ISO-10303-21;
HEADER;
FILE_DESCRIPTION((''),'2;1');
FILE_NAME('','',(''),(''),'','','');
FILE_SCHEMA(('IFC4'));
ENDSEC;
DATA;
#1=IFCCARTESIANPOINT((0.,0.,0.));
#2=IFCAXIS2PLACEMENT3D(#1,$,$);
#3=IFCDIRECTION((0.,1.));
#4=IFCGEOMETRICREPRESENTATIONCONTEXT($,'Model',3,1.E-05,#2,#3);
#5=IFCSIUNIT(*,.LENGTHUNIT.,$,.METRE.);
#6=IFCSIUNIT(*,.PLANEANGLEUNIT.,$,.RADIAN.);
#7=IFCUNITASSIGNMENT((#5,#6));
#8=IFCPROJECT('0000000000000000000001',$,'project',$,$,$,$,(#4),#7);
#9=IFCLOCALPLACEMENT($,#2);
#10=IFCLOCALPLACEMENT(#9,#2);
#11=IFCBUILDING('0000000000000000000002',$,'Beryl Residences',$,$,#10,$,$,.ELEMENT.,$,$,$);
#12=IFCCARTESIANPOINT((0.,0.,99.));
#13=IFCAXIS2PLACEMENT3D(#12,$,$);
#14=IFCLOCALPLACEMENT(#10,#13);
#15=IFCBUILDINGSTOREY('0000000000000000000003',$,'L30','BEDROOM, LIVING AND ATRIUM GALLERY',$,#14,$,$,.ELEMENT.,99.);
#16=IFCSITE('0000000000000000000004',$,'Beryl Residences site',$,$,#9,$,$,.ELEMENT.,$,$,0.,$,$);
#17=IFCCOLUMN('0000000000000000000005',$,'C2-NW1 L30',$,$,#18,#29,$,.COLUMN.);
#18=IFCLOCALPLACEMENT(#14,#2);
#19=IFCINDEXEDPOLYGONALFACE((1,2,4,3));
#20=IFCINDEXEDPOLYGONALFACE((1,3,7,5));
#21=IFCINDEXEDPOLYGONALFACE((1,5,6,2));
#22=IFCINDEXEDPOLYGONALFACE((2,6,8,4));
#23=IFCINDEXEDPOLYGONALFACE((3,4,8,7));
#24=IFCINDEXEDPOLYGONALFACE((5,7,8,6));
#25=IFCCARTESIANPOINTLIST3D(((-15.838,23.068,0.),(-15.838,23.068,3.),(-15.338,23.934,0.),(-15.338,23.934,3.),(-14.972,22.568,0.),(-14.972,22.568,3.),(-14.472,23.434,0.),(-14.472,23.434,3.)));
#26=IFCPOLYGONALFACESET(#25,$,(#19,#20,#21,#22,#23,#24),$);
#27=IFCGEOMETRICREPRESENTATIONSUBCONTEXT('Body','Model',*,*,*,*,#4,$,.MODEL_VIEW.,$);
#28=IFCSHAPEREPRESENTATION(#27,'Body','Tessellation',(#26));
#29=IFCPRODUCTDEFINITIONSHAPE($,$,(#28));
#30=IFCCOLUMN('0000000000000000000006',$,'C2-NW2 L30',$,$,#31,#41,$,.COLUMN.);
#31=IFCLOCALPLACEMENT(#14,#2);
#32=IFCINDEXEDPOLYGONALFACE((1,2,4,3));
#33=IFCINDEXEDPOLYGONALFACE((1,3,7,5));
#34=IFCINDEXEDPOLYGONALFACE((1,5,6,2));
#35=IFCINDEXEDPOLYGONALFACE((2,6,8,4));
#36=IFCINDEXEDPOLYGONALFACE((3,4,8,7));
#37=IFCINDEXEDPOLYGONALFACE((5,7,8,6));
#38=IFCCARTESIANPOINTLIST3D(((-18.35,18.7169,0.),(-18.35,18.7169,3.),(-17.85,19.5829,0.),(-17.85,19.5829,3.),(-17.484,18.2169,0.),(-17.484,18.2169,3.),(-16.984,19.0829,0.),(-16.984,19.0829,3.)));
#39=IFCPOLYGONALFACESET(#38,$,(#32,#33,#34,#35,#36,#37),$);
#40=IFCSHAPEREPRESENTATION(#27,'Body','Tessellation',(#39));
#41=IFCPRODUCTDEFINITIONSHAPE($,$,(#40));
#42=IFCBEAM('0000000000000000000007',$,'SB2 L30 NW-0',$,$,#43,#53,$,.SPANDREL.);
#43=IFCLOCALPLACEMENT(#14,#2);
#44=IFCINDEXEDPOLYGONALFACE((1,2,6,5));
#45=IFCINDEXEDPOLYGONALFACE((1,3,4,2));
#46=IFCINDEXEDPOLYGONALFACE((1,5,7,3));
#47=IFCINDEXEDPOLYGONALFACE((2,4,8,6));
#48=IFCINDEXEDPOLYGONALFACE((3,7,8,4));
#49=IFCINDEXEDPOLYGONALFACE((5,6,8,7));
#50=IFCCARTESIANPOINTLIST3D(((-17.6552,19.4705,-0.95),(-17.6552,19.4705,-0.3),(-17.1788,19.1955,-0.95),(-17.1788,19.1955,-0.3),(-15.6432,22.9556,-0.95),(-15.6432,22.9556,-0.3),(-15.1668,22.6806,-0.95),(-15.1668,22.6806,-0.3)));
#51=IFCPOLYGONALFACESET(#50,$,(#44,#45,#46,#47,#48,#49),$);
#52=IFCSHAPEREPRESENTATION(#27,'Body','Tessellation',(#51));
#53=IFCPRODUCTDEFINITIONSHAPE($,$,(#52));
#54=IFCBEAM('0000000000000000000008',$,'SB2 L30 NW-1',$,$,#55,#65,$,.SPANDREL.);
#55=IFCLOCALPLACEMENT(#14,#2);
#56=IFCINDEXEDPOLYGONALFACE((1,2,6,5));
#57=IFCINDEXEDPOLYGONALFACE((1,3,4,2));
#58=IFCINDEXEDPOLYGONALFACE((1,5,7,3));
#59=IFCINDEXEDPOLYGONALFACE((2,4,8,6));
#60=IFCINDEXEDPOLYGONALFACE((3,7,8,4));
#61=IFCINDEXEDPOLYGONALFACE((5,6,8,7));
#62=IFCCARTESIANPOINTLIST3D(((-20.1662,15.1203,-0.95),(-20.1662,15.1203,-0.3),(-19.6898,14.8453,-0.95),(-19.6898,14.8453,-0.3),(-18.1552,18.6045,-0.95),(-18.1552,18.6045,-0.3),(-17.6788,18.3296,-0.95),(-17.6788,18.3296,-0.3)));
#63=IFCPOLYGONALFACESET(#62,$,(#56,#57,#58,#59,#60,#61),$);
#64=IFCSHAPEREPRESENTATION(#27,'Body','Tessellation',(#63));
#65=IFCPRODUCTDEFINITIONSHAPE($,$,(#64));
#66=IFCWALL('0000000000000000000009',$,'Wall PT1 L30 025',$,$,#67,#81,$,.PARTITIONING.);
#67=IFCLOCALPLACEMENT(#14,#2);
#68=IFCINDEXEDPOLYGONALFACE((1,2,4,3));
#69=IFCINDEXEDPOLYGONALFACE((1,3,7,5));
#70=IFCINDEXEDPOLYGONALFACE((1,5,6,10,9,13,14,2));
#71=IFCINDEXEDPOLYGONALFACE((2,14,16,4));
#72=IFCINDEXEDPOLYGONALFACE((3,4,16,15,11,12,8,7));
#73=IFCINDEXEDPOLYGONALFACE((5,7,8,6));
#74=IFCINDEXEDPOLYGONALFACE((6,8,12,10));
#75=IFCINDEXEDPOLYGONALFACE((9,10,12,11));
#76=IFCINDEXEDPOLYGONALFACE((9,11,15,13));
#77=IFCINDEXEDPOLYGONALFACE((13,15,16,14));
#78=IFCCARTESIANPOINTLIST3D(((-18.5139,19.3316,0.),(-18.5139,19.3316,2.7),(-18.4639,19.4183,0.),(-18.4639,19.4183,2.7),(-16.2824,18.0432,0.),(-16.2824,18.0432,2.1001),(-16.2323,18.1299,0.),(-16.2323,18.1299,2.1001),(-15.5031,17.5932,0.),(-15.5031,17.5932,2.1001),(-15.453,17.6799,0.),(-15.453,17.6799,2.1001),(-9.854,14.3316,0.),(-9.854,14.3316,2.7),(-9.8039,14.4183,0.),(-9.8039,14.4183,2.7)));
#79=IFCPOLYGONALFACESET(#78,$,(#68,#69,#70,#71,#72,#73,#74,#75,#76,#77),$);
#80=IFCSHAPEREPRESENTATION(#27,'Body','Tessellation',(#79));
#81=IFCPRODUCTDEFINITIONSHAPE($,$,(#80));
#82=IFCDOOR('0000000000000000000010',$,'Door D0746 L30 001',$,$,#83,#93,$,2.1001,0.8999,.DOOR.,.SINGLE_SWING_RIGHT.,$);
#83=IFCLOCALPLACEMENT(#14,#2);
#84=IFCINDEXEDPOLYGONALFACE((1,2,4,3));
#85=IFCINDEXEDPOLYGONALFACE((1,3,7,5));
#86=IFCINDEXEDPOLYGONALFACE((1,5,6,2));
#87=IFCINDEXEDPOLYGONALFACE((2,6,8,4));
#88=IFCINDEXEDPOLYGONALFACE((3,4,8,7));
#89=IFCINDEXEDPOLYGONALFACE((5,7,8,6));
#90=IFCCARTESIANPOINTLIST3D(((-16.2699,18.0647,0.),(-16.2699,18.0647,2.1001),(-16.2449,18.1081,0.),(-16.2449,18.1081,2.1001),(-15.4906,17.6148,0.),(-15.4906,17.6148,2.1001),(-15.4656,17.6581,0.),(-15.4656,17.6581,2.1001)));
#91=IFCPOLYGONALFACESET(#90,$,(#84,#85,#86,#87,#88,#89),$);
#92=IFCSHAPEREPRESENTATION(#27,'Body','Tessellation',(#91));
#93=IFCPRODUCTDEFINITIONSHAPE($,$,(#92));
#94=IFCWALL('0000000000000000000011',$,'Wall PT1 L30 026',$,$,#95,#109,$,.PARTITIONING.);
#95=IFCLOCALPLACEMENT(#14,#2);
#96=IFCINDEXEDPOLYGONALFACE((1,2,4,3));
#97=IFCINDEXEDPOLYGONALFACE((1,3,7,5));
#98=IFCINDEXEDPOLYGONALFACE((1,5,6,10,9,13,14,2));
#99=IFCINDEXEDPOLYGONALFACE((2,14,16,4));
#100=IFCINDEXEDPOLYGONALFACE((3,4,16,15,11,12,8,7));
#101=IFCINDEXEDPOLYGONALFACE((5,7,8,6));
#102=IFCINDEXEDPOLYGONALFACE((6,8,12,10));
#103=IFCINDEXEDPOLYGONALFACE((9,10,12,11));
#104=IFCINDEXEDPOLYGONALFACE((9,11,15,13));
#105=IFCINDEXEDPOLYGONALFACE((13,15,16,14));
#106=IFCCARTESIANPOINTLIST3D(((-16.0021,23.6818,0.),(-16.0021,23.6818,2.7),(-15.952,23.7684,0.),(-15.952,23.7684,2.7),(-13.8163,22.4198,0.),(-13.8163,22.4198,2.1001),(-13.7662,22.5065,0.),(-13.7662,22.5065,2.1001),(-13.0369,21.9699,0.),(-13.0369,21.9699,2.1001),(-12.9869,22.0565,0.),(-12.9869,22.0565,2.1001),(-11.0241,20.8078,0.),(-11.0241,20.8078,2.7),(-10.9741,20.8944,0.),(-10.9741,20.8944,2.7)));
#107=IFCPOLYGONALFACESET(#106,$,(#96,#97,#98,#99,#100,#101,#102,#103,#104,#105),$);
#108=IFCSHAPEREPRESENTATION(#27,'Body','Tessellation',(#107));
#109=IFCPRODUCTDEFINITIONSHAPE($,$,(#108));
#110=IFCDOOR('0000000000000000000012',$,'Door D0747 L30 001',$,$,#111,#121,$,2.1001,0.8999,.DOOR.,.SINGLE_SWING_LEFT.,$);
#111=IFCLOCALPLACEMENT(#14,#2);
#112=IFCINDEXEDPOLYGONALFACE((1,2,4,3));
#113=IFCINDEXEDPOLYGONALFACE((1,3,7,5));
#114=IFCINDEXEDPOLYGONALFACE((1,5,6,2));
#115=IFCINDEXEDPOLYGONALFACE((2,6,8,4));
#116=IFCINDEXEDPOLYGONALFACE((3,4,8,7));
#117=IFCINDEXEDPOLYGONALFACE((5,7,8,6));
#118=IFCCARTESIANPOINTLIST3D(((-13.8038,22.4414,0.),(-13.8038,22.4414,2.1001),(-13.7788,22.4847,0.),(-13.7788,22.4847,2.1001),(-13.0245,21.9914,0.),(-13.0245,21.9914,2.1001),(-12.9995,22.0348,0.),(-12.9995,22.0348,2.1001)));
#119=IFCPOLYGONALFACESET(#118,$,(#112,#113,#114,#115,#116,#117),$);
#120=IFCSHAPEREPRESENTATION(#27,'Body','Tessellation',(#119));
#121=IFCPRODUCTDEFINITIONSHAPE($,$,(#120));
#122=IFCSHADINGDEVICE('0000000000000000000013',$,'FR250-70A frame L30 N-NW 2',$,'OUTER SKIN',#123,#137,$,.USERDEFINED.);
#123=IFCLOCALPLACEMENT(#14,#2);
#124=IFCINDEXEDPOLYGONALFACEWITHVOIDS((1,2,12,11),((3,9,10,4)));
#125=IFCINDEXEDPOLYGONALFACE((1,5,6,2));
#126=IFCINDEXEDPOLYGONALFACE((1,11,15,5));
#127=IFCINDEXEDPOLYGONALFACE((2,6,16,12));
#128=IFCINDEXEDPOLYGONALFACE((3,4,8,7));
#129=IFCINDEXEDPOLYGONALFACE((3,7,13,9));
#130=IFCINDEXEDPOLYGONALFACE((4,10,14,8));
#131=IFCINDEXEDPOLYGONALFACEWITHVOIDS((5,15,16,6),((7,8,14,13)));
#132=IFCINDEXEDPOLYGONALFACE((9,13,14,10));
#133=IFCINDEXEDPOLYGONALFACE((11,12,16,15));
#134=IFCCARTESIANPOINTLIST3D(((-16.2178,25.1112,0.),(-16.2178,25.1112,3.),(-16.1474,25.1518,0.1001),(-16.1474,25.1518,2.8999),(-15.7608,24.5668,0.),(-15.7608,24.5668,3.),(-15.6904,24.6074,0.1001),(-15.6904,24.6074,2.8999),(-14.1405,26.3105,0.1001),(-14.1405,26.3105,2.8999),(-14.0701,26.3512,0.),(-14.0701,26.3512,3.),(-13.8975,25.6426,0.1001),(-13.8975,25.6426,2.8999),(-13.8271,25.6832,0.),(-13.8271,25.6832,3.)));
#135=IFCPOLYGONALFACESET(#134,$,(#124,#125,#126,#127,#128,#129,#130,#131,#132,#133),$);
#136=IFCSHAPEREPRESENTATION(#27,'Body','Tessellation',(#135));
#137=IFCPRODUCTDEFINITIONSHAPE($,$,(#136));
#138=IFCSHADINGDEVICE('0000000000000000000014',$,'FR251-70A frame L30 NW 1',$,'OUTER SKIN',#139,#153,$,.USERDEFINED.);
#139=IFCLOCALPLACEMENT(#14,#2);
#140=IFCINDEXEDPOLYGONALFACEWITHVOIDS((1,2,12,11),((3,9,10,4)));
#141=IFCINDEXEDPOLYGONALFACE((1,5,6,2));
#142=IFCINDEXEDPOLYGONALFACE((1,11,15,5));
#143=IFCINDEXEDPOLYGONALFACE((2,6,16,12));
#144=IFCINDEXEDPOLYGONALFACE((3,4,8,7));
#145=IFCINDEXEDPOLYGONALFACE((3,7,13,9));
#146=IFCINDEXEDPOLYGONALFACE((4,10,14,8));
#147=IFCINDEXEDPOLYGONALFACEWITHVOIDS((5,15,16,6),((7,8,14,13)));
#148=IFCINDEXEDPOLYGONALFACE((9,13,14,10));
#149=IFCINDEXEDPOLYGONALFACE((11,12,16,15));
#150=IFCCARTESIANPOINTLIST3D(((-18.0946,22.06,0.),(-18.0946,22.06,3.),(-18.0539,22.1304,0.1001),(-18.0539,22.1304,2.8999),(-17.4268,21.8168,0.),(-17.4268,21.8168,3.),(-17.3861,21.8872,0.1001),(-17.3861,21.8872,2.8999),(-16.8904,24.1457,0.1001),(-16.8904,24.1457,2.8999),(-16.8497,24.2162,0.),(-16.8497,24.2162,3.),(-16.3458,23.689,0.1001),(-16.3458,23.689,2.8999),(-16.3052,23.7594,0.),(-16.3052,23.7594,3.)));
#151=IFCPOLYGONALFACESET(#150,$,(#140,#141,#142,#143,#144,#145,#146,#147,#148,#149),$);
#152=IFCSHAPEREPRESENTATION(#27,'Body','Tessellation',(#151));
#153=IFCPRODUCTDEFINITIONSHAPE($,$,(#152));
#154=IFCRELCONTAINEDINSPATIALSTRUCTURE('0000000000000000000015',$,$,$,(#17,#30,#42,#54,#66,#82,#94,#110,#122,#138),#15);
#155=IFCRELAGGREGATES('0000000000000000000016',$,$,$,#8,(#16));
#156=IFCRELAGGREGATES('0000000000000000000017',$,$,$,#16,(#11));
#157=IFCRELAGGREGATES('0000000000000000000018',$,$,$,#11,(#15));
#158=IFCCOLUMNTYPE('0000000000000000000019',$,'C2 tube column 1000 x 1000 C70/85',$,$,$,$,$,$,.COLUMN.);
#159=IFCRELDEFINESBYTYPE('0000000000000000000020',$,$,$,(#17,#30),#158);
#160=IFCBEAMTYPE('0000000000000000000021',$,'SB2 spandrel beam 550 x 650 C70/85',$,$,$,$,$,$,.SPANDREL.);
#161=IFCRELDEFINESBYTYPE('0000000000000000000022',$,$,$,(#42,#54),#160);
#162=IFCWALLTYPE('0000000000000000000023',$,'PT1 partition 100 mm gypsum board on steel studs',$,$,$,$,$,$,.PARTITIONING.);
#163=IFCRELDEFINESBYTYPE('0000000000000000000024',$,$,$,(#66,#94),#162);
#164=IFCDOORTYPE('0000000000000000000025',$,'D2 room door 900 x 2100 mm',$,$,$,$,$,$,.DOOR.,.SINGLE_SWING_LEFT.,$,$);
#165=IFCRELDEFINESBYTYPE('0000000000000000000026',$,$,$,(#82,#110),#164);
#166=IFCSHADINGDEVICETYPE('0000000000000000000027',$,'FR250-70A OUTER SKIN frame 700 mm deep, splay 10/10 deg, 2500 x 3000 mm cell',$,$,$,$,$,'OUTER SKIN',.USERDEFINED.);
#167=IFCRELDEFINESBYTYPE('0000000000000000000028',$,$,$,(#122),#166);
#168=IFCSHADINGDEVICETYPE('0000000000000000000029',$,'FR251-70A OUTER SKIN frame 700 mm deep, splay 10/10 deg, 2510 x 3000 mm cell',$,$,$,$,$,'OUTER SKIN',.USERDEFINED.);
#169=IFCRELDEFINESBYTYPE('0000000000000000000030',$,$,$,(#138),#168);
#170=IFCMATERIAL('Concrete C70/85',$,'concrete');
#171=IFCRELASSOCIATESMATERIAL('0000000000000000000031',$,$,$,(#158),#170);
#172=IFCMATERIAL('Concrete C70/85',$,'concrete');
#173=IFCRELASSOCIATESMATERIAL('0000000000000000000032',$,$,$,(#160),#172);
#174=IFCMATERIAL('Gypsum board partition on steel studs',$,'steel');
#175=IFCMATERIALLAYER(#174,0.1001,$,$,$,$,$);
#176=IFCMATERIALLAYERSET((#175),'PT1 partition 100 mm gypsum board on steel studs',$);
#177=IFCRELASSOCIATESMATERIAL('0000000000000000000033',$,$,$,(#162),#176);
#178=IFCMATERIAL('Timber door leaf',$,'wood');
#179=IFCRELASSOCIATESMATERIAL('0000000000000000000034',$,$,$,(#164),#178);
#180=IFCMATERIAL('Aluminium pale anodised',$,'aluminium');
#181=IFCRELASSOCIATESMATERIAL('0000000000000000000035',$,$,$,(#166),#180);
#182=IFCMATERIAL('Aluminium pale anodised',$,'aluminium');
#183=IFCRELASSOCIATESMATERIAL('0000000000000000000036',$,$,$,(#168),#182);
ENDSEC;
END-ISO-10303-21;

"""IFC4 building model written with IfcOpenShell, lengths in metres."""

from ifc_helpers import new_model, entity, si_unit, direction, frame, frame_2d, origin, origin_2d, place, context, subcontext, project, spatial, rectangle, extrude, source, transform, mapped, material, layer, layer_set, material_profile, profile_set, type_object, type_shapes, element, fill, save


model = new_model("IFC4")

# Units and contexts
model_context = context("Model", 3, precision=1e-05, world=origin(), true_north=direction((0.0, 1.0)))
body_context = subcontext(model_context, "Body", "Model", "MODEL_VIEW")
ifc_project = project(units=[si_unit("LENGTHUNIT", "METRE"), si_unit("PLANEANGLEUNIT", "RADIAN")], contexts=[model_context])

# Site, building, storey
site_placement = place(None, origin())
site = spatial("IfcSite", under=ifc_project, at=site_placement, Name="Beryl Residences site", CompositionType="ELEMENT", RefElevation=0.0)
building_placement = place(site_placement, origin())
building = spatial("IfcBuilding", under=site, at=building_placement, Name="Beryl Residences", CompositionType="ELEMENT")
storey_placement = place(building_placement, frame((0.0, 0.0, 99.0)))
storey = spatial("IfcBuildingStorey", under=building, at=storey_placement, Name="L30", Description="BEDROOM, LIVING AND ATRIUM GALLERY", CompositionType="ELEMENT", Elevation=99.0)

# Columns
ifc_material_1 = material(Name="Concrete C70/85", Category="concrete")
ifc_material_profile_1 = material_profile(ifc_material_1, rectangle(XDim=1.0, YDim=1.0, at=origin_2d()))
ifc_profile_set_1 = profile_set([ifc_material_profile_1], Name="Concrete C70/85")
column_type = type_object("IfcColumnType", Name="C2 tube column 1000 x 1000 C70/85", PredefinedType="COLUMN", material=ifc_profile_set_1)
for number, where, z_axis, x_axis, name in (
    (1, (-15.155, 23.251, 0.0), (0.0, 0.0, 1.0), (-0.5, -0.866025, 0.0), "C2-NW1 L30"),
    (2, (-17.667, 18.8999, 0.0), (0.0, 0.0, 1.0), (-0.5, -0.866025, 0.0), "C2-NW2 L30"),
):
    element("IfcColumn", number, at=place(storey_placement, frame(where, z_axis=z_axis, x_axis=x_axis)), inside=storey, type_object=column_type, Name=name, PredefinedType="COLUMN", context=body_context, shape_type="SweptSolid", body=[
        extrude(rectangle(XDim=1.0, YDim=1.0, at=origin_2d()), origin(), (0.0, 0.0, 1.0), 3.0),
    ])

# Beams
ifc_material_2 = material(Name="Concrete C70/85", Category="concrete")
ifc_material_profile_2 = material_profile(ifc_material_2, rectangle(XDim=0.55, YDim=0.6499, at=origin_2d()))
ifc_profile_set_2 = profile_set([ifc_material_profile_2], Name="Concrete C70/85")
beam_type = type_object("IfcBeamType", Name="SB2 spandrel beam 550 x 650 C70/85", PredefinedType="SPANDREL", material=ifc_profile_set_2)
beam_1_placement = place(storey_placement, frame((-15.405, 22.8181, -0.625), z_axis=(-0.499969, -0.866043, 0.0), x_axis=(0.866043, -0.499969, 0.0)))
element("IfcBeam", 3, at=beam_1_placement, inside=storey, type_object=beam_type, Name="SB2 L30 NW-0", PredefinedType="SPANDREL", context=body_context, shape_type="SweptSolid", body=[
    extrude(rectangle(XDim=0.55, YDim=0.6499, at=origin_2d()), origin(), (0.0, 0.0, 1.0), 4.0242),
])
beam_2_placement = place(storey_placement, frame((-17.917, 18.467, -0.625), z_axis=(-0.499892, -0.866088, 0.0), x_axis=(0.866088, -0.499892, 0.0)))
element("IfcBeam", 4, at=beam_2_placement, inside=storey, type_object=beam_type, Name="SB2 L30 NW-1", PredefinedType="SPANDREL", context=body_context, shape_type="SweptSolid", body=[
    extrude(rectangle(XDim=0.55, YDim=0.6499, at=origin_2d()), origin(), (0.0, 0.0, 1.0), 4.0229),
])

# Walls, openings, doors
ifc_material_3 = material(Name="Gypsum board partition on steel studs", Category="steel")
ifc_layer_1 = layer(ifc_material_3, 0.1001)
ifc_layer_set_1 = layer_set([ifc_layer_1], Name="PT1 partition 100 mm gypsum board on steel studs")
wall_type_1 = type_object("IfcWallType", Name="PT1 partition 100 mm gypsum board on steel studs", PredefinedType="PARTITIONING", material=ifc_layer_set_1)
wall_1_placement = place(storey_placement, frame((-18.489, 19.375, 0.0), z_axis=(0.0, 0.0, 1.0), x_axis=(0.866017, -0.500015, 0.0)))
wall_1 = element("IfcWall", 5, at=wall_1_placement, inside=storey, type_object=wall_type_1, Name="Wall PT1 L30 025", PredefinedType="PARTITIONING", context=body_context, shape_type="SweptSolid", body=[
    extrude(rectangle(XDim=9.9998, YDim=0.1001, at=frame_2d((5.0, 0.0))), origin(), (0.0, 0.0, 1.0), 2.7),
])
opening_1_placement = place(wall_1_placement, frame((2.5769, 0.0, 0.0)))
opening_1 = element("IfcOpeningElement", 6, at=opening_1_placement, cuts=wall_1, PredefinedType="OPENING", context=body_context, shape_type="SweptSolid", body=[
    extrude(rectangle(XDim=0.8999, YDim=2.1001, at=frame_2d((0.45, 1.05))), frame((0.0, 0.0601, 0.0), z_axis=(0.0, -1.0, 0.0), x_axis=(1.0, 0.0, 0.0)), (0.0, 0.0, 1.0), 0.1201),
])
ifc_material_4 = material(Name="Timber door leaf", Category="wood")
door_type = type_object("IfcDoorType", Name="D2 room door 900 x 2100 mm", OperationType="SINGLE_SWING_LEFT", PredefinedType="DOOR", material=ifc_material_4)
door_1_placement = place(opening_1_placement, origin())
door_1 = element("IfcDoor", 7, at=door_1_placement, inside=storey, type_object=door_type, Name="Door D0746 L30 001", OperationType="SINGLE_SWING_RIGHT", OverallHeight=2.1001, OverallWidth=0.8999, PredefinedType="DOOR", context=body_context, shape_type="SweptSolid", body=[
    extrude(rectangle(XDim=0.8999, YDim=2.1001, at=frame_2d((0.45, 1.05))), frame((0.0, 0.0249, 0.0), z_axis=(0.0, -1.0, 0.0), x_axis=(1.0, 0.0, 0.0)), (0.0, 0.0, 1.0), 0.05),
])
fill(opening_1, door_1)
wall_2_placement = place(storey_placement, frame((-15.9771, 23.7251, 0.0), z_axis=(0.0, 0.0, 1.0), x_axis=(0.866029, -0.499995, 0.0)))
wall_2 = element("IfcWall", 8, at=wall_2_placement, inside=storey, type_object=wall_type_1, Name="Wall PT1 L30 026", PredefinedType="PARTITIONING", context=body_context, shape_type="SweptSolid", body=[
    extrude(rectangle(XDim=5.748, YDim=0.1001, at=frame_2d((2.874, 0.0))), origin(), (0.0, 0.0, 1.0), 2.7),
])
opening_2_placement = place(wall_2_placement, frame((2.5239, 0.0, 0.0)))
opening_2 = element("IfcOpeningElement", 9, at=opening_2_placement, cuts=wall_2, PredefinedType="OPENING", context=body_context, shape_type="SweptSolid", body=[
    extrude(rectangle(XDim=0.8999, YDim=2.1001, at=frame_2d((0.45, 1.05))), frame((0.0, 0.0601, 0.0), z_axis=(0.0, -1.0, 0.0), x_axis=(1.0, 0.0, 0.0)), (0.0, 0.0, 1.0), 0.1201),
])
door_2_placement = place(opening_2_placement, origin())
door_2 = element("IfcDoor", 10, at=door_2_placement, inside=storey, type_object=door_type, Name="Door D0747 L30 001", OperationType="SINGLE_SWING_LEFT", OverallHeight=2.1001, OverallWidth=0.8999, PredefinedType="DOOR", context=body_context, shape_type="SweptSolid", body=[
    extrude(rectangle(XDim=0.8999, YDim=2.1001, at=frame_2d((0.45, 1.05))), frame((0.0, 0.0249, 0.0), z_axis=(0.0, -1.0, 0.0), x_axis=(1.0, 0.0, 0.0)), (0.0, 0.0, 1.0), 0.05),
])
fill(opening_2, door_2)

# Shading devices
ifc_material_5 = material(Name="Aluminium pale anodised", Category="aluminium")
shading_device_type_1 = type_object("IfcShadingDeviceType", Name="FR250-70A OUTER SKIN frame 700 mm deep, splay 10/10 deg, 2500 x 3000 mm cell", ElementType="OUTER SKIN", PredefinedType="USERDEFINED", material=ifc_material_5)
cartesian_point_1 = entity("IfcCartesianPoint", [-1.1165, 0.0])
cartesian_point_2 = entity("IfcCartesianPoint", [-1.0352, 0.1001])
cartesian_point_3 = entity("IfcCartesianPoint", [-1.24, 0.0])
cartesian_point_4 = entity("IfcCartesianPoint", [-1.1587, 0.1001])
shared_shape_1 = source(origin(), body_context, "Body", "SweptSolid", [
    entity("IfcExtrudedAreaSolidTapered", entity("IfcArbitraryProfileDefWithVoids", "AREA", None, entity("IfcPolyline", [cartesian_point_1, entity("IfcCartesianPoint", [1.1165, 0.0]), entity("IfcCartesianPoint", [1.1165, 3.0]), entity("IfcCartesianPoint", [-1.1165, 3.0]), cartesian_point_1]), [entity("IfcPolyline", [cartesian_point_2, entity("IfcCartesianPoint", [1.0352, 0.1001]), entity("IfcCartesianPoint", [1.0352, 2.8999]), entity("IfcCartesianPoint", [-1.0352, 2.8999]), cartesian_point_2])]), entity("IfcAxis2Placement3D", entity("IfcCartesianPoint", [0.0, 0.0, 0.0]), entity("IfcDirection", [0.0, 1.0, 0.0]), entity("IfcDirection", [-1.0, 0.0, 0.0])), entity("IfcDirection", [0.0, 0.0, 1.0]), 0.7, entity("IfcArbitraryProfileDefWithVoids", "AREA", None, entity("IfcPolyline", [cartesian_point_3, entity("IfcCartesianPoint", [1.24, 0.0]), entity("IfcCartesianPoint", [1.24, 3.0]), entity("IfcCartesianPoint", [-1.24, 3.0]), cartesian_point_3]), [entity("IfcPolyline", [cartesian_point_4, entity("IfcCartesianPoint", [1.1587, 0.1001]), entity("IfcCartesianPoint", [1.1587, 2.8999]), entity("IfcCartesianPoint", [-1.1587, 2.8999]), cartesian_point_4])])),
])
type_shapes(shading_device_type_1, [shared_shape_1])
shading_device_placement = place(storey_placement, frame((-14.7939, 25.125, 0.0), z_axis=(0.0, 0.0, 1.0), x_axis=(0.866025, 0.5, 0.0)))
element("IfcShadingDevice", 11, at=shading_device_placement, inside=storey, type_object=shading_device_type_1, Name="FR250-70A frame L30 N-NW 2", ObjectType="OUTER SKIN", PredefinedType="USERDEFINED", context=body_context, shape_type="MappedRepresentation", body=[
    mapped(shared_shape_1, transform((0.0, 0.0, 0.0))),
])
ifc_material_6 = material(Name="Aluminium pale anodised", Category="aluminium")
shading_device_type_2 = type_object("IfcShadingDeviceType", Name="FR251-70A OUTER SKIN frame 700 mm deep, splay 10/10 deg, 2510 x 3000 mm cell", ElementType="OUTER SKIN", PredefinedType="USERDEFINED", material=ifc_material_6)
cartesian_point_5 = entity("IfcCartesianPoint", [-1.1216, 0.0])
cartesian_point_6 = entity("IfcCartesianPoint", [-1.0403, 0.1001])
cartesian_point_7 = entity("IfcCartesianPoint", [-1.2449, 0.0])
cartesian_point_8 = entity("IfcCartesianPoint", [-1.1636, 0.1001])
shared_shape_2 = source(origin(), body_context, "Body", "SweptSolid", [
    entity("IfcExtrudedAreaSolidTapered", entity("IfcArbitraryProfileDefWithVoids", "AREA", None, entity("IfcPolyline", [cartesian_point_5, entity("IfcCartesianPoint", [1.1216, 0.0]), entity("IfcCartesianPoint", [1.1216, 3.0]), entity("IfcCartesianPoint", [-1.1216, 3.0]), cartesian_point_5]), [entity("IfcPolyline", [cartesian_point_6, entity("IfcCartesianPoint", [1.0403, 0.1001]), entity("IfcCartesianPoint", [1.0403, 2.8999]), entity("IfcCartesianPoint", [-1.0403, 2.8999]), cartesian_point_6])]), entity("IfcAxis2Placement3D", entity("IfcCartesianPoint", [0.0, 0.0, 0.0]), entity("IfcDirection", [0.0, 1.0, 0.0]), entity("IfcDirection", [-1.0, 0.0, 0.0])), entity("IfcDirection", [0.0, 0.0, 1.0]), 0.7, entity("IfcArbitraryProfileDefWithVoids", "AREA", None, entity("IfcPolyline", [cartesian_point_7, entity("IfcCartesianPoint", [1.2449, 0.0]), entity("IfcCartesianPoint", [1.2449, 3.0]), entity("IfcCartesianPoint", [-1.2449, 3.0]), cartesian_point_7]), [entity("IfcPolyline", [cartesian_point_8, entity("IfcCartesianPoint", [1.1636, 0.1001]), entity("IfcCartesianPoint", [1.1636, 2.8999]), entity("IfcCartesianPoint", [-1.1636, 2.8999]), cartesian_point_8])])),
])
type_shapes(shading_device_type_2, [shared_shape_2])
for number, where, z_axis, x_axis, name in (
    (12, (-16.866, 22.7881, 0.0), (0.0, 0.0, 1.0), (0.5, 0.866025, 0.0), "FR251-70A frame L30 NW 1"),
):
    element("IfcShadingDevice", number, at=place(storey_placement, frame(where, z_axis=z_axis, x_axis=x_axis)), inside=storey, type_object=shading_device_type_2, Name=name, ObjectType="OUTER SKIN", PredefinedType="USERDEFINED", context=body_context, shape_type="MappedRepresentation", body=[
        mapped(shared_shape_2, transform((0.0, 0.0, 0.0))),
    ])

save(model, "model.ifc")
